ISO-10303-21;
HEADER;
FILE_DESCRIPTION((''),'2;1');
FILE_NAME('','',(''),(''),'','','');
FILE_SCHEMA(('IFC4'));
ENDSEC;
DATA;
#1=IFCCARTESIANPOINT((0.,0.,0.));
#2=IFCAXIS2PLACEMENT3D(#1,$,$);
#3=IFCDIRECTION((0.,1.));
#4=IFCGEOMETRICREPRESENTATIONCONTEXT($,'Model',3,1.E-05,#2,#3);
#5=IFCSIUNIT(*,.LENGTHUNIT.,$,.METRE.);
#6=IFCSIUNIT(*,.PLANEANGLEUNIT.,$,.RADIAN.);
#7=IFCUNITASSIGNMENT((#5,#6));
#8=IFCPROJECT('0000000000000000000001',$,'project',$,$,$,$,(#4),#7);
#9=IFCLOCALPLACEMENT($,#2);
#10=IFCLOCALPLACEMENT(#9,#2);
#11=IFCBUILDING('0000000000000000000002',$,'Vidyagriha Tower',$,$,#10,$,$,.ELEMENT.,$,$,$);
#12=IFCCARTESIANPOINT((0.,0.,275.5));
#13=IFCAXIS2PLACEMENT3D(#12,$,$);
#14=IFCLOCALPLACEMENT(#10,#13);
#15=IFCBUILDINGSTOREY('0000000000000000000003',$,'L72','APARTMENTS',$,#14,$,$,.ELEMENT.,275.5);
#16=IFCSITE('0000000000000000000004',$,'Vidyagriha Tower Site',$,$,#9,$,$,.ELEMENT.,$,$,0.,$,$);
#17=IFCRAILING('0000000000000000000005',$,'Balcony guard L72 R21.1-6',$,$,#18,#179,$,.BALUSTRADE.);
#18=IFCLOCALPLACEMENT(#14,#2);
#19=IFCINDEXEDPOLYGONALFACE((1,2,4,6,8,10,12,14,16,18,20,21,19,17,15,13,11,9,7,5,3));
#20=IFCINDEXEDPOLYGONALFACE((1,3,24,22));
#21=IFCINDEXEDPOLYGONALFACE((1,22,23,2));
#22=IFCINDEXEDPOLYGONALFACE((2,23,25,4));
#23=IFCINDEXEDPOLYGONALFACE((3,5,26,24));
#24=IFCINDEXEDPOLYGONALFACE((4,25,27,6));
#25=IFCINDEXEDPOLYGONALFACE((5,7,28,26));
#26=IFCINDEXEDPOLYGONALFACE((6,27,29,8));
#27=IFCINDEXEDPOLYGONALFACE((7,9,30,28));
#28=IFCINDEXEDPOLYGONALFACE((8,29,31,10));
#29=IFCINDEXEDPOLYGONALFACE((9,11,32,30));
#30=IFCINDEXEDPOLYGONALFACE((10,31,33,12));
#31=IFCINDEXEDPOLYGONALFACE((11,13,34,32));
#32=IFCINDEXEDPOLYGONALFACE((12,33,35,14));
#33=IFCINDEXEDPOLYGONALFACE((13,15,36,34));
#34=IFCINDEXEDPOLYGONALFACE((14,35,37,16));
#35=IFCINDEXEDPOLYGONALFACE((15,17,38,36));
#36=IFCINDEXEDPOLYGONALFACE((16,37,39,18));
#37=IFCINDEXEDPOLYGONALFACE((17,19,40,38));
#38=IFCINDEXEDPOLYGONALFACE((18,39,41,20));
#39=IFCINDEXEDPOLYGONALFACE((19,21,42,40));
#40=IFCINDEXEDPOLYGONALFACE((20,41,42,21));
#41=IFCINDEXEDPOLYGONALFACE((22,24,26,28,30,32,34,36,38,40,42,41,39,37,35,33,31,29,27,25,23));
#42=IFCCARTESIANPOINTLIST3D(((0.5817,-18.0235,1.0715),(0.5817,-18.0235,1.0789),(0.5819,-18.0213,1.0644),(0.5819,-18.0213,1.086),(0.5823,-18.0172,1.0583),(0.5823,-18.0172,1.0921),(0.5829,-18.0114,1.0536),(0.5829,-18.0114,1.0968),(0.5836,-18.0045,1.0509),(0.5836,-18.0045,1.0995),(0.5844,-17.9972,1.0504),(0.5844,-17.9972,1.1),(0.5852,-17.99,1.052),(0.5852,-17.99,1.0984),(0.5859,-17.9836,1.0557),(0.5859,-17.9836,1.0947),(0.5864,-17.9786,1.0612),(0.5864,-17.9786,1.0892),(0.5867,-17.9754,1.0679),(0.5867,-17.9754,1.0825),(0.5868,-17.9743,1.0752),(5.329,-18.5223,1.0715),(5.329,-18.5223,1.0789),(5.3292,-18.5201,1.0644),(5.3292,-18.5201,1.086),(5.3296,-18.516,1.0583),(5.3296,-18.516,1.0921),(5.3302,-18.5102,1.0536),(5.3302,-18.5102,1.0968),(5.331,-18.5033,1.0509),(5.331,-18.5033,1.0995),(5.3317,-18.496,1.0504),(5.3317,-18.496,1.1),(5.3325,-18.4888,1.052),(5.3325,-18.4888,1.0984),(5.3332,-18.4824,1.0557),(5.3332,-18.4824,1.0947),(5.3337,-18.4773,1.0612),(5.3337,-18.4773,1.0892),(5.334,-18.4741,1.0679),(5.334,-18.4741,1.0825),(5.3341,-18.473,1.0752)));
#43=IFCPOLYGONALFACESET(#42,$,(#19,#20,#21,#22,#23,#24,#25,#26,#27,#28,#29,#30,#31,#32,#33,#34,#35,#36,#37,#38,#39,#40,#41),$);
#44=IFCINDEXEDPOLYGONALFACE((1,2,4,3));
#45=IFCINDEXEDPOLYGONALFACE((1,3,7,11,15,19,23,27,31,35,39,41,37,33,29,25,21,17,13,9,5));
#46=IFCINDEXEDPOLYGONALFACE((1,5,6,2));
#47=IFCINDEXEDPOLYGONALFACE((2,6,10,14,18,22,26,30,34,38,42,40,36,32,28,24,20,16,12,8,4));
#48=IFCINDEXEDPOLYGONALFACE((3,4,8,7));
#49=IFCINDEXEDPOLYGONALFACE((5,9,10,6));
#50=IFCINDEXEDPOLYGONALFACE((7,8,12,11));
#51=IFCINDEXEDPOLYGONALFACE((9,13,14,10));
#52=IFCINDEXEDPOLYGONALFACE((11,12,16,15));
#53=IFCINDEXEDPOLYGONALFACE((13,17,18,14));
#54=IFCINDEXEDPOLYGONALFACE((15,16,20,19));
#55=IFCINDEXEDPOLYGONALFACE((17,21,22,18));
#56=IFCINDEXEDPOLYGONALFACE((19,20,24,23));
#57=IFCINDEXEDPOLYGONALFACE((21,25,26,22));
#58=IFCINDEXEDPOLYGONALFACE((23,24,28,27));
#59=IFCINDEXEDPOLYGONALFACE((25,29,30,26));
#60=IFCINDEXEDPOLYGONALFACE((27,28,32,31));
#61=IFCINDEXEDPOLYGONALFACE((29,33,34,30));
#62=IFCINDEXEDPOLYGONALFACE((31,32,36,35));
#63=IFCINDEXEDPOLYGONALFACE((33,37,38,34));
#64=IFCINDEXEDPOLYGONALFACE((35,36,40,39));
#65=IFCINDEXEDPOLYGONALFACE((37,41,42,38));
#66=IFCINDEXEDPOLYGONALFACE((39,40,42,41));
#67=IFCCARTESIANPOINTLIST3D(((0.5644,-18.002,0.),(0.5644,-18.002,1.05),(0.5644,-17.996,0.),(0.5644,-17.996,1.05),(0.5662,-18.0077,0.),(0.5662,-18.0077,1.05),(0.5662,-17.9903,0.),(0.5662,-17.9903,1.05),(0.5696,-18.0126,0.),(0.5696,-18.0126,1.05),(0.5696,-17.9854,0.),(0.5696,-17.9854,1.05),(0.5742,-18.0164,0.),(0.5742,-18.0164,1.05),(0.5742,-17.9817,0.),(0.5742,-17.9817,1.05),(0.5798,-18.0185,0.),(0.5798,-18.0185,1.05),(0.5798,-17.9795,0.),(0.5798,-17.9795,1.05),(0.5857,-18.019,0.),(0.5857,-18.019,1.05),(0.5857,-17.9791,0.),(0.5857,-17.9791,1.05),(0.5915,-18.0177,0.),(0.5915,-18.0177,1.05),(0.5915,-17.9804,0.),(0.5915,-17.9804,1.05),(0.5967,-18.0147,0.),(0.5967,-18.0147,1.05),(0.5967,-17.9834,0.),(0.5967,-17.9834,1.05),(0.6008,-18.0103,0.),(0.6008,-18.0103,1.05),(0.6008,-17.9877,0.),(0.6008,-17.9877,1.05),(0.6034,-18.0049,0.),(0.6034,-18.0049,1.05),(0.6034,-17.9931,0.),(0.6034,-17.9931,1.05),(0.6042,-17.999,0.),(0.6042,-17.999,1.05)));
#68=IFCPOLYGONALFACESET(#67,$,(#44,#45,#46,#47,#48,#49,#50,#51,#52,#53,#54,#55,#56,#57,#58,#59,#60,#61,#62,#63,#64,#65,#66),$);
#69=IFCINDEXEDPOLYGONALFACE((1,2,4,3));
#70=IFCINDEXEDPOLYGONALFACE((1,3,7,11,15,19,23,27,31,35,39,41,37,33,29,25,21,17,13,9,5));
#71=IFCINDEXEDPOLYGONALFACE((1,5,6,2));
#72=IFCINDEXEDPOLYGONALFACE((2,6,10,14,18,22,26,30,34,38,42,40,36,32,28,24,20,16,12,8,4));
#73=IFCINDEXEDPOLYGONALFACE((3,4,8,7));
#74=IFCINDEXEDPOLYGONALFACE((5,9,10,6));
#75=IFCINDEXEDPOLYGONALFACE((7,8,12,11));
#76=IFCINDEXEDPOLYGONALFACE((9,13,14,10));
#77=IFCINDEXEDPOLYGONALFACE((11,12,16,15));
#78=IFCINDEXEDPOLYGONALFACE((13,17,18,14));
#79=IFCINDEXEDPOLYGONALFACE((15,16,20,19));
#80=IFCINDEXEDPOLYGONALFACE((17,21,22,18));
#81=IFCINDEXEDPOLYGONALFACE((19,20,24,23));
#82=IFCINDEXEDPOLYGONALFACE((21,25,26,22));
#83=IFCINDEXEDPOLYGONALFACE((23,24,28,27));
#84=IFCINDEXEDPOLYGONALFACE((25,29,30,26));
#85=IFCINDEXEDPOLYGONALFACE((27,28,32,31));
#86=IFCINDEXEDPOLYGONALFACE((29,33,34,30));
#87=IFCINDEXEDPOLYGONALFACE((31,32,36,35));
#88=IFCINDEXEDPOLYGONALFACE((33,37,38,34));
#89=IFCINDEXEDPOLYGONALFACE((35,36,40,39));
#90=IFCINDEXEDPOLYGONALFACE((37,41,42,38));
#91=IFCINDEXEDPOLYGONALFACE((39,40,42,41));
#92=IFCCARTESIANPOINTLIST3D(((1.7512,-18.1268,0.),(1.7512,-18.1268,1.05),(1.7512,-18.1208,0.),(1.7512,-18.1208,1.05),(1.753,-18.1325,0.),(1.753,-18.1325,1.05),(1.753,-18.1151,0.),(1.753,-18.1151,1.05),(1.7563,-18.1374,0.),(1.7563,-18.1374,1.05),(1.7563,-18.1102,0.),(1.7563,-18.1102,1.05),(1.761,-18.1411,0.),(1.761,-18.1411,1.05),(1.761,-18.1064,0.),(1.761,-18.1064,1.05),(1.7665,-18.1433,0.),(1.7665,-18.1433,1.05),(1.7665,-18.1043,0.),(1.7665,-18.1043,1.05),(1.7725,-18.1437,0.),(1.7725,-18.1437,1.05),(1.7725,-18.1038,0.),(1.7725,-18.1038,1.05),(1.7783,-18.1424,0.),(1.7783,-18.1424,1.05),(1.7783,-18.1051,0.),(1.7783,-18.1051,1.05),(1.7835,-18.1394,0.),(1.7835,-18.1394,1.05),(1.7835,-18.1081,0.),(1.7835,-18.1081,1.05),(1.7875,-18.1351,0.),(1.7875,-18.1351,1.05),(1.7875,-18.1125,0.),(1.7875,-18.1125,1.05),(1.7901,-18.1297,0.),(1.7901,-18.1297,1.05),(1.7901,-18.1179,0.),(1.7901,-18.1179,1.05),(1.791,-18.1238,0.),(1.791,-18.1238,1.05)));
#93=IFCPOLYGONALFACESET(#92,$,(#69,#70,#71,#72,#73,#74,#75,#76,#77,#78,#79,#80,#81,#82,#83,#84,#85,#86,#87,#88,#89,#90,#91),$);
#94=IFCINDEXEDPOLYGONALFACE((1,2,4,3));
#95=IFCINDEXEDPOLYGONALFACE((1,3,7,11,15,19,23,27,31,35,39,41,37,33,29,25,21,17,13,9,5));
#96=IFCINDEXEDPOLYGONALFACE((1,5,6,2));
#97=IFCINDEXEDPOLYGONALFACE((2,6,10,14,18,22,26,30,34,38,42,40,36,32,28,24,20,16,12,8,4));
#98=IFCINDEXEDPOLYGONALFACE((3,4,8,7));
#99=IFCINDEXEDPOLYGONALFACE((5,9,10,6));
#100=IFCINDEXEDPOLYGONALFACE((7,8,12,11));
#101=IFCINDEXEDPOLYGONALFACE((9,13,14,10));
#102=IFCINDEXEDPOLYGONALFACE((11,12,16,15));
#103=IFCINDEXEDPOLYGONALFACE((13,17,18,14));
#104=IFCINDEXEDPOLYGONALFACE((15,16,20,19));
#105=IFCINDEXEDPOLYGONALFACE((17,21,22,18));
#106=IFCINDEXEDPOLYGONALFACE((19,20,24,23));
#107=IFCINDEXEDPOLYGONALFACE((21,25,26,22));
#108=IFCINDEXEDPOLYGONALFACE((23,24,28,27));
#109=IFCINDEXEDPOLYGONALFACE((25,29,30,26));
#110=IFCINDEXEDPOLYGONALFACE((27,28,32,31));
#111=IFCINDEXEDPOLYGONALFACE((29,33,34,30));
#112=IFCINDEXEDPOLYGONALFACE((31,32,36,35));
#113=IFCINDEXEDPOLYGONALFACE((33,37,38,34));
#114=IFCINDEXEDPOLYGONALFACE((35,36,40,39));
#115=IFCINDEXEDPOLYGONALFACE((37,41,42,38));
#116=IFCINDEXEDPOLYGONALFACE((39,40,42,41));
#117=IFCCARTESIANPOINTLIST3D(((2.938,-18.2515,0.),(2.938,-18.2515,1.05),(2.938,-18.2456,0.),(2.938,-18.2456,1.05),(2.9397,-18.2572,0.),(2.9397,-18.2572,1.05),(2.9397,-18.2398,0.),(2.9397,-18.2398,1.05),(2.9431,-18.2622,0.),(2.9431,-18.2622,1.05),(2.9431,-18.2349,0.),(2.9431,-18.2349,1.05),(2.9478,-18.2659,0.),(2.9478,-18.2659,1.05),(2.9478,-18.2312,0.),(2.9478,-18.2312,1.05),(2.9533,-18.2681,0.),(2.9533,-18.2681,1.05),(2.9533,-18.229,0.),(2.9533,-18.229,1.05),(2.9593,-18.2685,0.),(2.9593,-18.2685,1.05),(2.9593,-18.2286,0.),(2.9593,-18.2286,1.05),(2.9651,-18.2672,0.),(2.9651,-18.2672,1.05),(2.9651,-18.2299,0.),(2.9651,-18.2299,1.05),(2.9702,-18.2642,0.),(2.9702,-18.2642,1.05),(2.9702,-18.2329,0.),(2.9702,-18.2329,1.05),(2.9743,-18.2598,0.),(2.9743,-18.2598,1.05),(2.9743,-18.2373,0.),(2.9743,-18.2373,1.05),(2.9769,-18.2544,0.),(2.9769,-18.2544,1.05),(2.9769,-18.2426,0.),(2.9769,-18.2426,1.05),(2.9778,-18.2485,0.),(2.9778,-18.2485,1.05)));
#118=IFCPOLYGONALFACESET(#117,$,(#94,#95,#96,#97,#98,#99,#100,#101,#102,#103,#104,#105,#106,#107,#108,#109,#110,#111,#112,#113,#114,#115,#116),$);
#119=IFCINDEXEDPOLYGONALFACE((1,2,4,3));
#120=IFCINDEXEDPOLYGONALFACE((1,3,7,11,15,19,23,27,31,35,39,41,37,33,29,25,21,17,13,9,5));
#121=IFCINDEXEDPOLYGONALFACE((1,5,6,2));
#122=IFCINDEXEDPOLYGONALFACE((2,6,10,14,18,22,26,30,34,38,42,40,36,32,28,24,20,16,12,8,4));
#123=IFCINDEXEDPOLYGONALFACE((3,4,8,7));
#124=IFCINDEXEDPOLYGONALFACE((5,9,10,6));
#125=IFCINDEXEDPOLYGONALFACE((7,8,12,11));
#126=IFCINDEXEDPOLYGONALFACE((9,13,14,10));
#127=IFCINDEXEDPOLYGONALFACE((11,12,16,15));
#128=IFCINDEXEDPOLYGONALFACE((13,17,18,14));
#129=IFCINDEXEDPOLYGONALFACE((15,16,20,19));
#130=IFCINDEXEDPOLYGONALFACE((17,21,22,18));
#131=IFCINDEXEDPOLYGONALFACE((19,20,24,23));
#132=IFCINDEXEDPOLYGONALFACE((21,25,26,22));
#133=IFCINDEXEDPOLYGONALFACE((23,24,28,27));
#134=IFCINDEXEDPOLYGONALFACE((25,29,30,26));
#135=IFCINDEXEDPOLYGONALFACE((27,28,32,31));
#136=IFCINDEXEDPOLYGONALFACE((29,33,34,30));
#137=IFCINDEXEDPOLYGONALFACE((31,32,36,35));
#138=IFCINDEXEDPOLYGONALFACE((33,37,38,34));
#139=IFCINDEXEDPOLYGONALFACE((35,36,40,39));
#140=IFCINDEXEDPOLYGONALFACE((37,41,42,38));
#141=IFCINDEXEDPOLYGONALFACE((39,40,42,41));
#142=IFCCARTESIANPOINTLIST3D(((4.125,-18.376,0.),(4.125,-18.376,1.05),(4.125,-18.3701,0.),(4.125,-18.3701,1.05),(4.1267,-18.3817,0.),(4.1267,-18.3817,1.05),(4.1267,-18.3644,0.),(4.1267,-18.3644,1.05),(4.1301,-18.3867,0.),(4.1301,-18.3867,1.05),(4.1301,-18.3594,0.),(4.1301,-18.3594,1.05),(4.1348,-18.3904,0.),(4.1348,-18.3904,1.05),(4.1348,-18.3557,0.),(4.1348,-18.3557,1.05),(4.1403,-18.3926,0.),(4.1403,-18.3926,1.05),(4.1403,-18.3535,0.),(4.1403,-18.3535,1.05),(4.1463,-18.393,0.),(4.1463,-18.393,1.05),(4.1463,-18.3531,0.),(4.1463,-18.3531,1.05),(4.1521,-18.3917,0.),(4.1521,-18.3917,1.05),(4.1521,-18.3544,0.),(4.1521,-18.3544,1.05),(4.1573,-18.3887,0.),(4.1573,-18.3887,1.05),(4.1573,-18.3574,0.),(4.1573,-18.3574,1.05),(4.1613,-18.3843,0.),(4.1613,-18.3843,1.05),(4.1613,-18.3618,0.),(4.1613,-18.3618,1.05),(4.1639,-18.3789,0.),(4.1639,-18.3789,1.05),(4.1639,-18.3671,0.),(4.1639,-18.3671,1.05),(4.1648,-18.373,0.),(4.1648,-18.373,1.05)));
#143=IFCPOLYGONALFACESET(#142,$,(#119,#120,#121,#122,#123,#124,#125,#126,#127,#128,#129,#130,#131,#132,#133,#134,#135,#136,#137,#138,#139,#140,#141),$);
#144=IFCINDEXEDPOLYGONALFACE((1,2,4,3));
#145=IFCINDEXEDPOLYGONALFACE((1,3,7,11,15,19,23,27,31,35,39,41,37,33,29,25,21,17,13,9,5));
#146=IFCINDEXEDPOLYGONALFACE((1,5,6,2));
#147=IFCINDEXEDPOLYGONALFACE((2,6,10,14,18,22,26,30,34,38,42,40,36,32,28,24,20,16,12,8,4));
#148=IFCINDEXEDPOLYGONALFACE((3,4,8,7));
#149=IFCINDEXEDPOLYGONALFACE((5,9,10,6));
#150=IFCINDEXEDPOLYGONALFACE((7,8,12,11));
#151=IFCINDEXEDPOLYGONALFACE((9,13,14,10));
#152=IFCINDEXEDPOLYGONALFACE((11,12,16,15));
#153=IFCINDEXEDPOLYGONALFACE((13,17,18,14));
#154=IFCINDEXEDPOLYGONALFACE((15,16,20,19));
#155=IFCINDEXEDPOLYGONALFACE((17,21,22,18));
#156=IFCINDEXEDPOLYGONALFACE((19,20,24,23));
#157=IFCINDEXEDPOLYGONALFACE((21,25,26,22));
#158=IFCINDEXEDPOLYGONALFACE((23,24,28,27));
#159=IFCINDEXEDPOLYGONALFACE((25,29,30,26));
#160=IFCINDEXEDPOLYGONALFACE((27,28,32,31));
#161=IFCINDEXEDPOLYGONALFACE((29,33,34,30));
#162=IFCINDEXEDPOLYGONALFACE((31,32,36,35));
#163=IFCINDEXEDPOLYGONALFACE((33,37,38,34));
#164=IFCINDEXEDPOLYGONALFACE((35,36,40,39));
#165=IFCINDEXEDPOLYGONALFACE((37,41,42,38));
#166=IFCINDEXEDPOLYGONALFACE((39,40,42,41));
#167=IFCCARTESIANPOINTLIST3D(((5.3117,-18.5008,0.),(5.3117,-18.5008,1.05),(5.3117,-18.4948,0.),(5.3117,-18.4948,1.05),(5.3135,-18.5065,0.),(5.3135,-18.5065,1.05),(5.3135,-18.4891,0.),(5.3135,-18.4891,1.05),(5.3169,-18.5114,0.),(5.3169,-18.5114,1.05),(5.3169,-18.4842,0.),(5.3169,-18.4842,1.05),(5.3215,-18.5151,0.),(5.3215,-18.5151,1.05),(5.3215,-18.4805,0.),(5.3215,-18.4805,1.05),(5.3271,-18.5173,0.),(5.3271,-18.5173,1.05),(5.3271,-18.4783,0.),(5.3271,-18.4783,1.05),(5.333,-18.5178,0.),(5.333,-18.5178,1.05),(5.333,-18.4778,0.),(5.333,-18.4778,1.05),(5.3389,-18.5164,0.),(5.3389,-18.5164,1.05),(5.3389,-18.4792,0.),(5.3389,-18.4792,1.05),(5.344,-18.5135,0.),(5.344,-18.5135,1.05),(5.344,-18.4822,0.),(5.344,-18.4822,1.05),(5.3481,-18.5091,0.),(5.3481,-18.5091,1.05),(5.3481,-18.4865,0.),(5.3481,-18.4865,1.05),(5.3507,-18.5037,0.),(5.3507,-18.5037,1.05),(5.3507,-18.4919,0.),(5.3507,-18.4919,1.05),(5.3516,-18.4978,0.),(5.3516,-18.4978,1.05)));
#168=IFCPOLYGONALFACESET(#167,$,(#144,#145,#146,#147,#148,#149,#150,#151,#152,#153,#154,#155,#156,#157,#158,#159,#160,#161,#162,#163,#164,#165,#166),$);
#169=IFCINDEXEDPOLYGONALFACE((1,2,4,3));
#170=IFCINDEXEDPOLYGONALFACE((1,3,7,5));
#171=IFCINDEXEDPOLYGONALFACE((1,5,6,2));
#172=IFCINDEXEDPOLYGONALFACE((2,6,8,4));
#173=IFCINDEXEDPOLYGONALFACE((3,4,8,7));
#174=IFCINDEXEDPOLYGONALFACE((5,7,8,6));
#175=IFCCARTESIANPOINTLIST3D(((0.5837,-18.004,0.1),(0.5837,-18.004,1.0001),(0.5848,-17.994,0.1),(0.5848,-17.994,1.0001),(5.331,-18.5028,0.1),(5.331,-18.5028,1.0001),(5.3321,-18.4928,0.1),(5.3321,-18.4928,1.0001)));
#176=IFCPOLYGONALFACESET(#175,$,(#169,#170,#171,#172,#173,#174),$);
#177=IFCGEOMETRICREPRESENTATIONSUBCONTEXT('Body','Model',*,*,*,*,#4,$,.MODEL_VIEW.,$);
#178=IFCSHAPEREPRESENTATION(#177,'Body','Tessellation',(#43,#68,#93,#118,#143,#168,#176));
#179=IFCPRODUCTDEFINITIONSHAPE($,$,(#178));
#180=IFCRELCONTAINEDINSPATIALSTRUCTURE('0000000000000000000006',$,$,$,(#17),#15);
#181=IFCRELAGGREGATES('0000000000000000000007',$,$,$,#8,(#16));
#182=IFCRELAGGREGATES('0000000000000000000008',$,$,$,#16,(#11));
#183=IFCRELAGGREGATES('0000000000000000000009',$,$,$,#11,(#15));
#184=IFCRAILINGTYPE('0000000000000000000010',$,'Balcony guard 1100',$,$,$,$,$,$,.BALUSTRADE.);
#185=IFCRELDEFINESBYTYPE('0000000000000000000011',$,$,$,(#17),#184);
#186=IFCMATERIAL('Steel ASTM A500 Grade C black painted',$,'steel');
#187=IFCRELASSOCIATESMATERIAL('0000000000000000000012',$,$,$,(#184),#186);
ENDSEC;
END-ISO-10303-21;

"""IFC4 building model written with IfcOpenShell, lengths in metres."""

from ifc_helpers import new_model, si_unit, direction, frame, origin, origin_2d, place, context, subcontext, project, spatial, rectangle, circle, extrude, material, type_object, element, save


model = new_model("IFC4")

# Units and contexts
model_context = context("Model", 3, precision=1e-05, world=origin(), true_north=direction((0.0, 1.0)))
body_context = subcontext(model_context, "Body", "Model", "MODEL_VIEW")
ifc_project = project(units=[si_unit("LENGTHUNIT", "METRE"), si_unit("PLANEANGLEUNIT", "RADIAN")], contexts=[model_context])

# Site, building, storey
site_placement = place(None, origin())
site = spatial("IfcSite", under=ifc_project, at=site_placement, Name="Vidyagriha Tower Site", CompositionType="ELEMENT", RefElevation=0.0)
building_placement = place(site_placement, origin())
building = spatial("IfcBuilding", under=site, at=building_placement, Name="Vidyagriha Tower", CompositionType="ELEMENT")
storey_placement = place(building_placement, frame((0.0, 0.0, 275.5)))
storey = spatial("IfcBuildingStorey", under=building, at=storey_placement, Name="L72", Description="APARTMENTS", CompositionType="ELEMENT", Elevation=275.5)

# Railing
ifc_material_1 = material(Name="Steel ASTM A500 Grade C black painted", Category="steel")
railing_type = type_object("IfcRailingType", Name="Balcony guard 1100", PredefinedType="BALUSTRADE", material=ifc_material_1)
railing_1_placement = place(storey_placement, frame((0.5842, -17.999, 0.0)))
element("IfcRailing", 1, at=railing_1_placement, inside=storey, type_object=railing_type, Name="Balcony guard L72 R21.1-6", PredefinedType="BALUSTRADE", context=body_context, shape_type="SweptSolid", body=[
    extrude(circle(Radius=0.0249, at=origin_2d()), frame((0.0, 0.0, 1.0752), z_axis=(0.994526, -0.10449, 0.0), x_axis=(0.10449, 0.994526, 0.0)), (0.0, 0.0, 1.0), 4.7734),
    extrude(circle(Radius=0.02, at=origin_2d()), origin(), (0.0, 0.0, 1.0), 1.05),
    extrude(circle(Radius=0.02, at=origin_2d()), frame((1.1868, -0.1248, 0.0)), (0.0, 0.0, 1.0), 1.05),
    extrude(circle(Radius=0.02, at=origin_2d()), frame((2.3735, -0.2495, 0.0)), (0.0, 0.0, 1.0), 1.05),
    extrude(circle(Radius=0.02, at=origin_2d()), frame((3.5605, -0.374, 0.0)), (0.0, 0.0, 1.0), 1.05),
    extrude(circle(Radius=0.02, at=origin_2d()), frame((4.7473, -0.4988, 0.0)), (0.0, 0.0, 1.0), 1.05),
    extrude(rectangle(XDim=0.01, YDim=0.9001, at=origin_2d()), frame((0.0, 0.0, 0.55), z_axis=(0.994526, -0.10449, 0.0), x_axis=(0.10449, 0.994526, 0.0)), (0.0, 0.0, 1.0), 4.7734),
])

save(model, "model.ifc")
